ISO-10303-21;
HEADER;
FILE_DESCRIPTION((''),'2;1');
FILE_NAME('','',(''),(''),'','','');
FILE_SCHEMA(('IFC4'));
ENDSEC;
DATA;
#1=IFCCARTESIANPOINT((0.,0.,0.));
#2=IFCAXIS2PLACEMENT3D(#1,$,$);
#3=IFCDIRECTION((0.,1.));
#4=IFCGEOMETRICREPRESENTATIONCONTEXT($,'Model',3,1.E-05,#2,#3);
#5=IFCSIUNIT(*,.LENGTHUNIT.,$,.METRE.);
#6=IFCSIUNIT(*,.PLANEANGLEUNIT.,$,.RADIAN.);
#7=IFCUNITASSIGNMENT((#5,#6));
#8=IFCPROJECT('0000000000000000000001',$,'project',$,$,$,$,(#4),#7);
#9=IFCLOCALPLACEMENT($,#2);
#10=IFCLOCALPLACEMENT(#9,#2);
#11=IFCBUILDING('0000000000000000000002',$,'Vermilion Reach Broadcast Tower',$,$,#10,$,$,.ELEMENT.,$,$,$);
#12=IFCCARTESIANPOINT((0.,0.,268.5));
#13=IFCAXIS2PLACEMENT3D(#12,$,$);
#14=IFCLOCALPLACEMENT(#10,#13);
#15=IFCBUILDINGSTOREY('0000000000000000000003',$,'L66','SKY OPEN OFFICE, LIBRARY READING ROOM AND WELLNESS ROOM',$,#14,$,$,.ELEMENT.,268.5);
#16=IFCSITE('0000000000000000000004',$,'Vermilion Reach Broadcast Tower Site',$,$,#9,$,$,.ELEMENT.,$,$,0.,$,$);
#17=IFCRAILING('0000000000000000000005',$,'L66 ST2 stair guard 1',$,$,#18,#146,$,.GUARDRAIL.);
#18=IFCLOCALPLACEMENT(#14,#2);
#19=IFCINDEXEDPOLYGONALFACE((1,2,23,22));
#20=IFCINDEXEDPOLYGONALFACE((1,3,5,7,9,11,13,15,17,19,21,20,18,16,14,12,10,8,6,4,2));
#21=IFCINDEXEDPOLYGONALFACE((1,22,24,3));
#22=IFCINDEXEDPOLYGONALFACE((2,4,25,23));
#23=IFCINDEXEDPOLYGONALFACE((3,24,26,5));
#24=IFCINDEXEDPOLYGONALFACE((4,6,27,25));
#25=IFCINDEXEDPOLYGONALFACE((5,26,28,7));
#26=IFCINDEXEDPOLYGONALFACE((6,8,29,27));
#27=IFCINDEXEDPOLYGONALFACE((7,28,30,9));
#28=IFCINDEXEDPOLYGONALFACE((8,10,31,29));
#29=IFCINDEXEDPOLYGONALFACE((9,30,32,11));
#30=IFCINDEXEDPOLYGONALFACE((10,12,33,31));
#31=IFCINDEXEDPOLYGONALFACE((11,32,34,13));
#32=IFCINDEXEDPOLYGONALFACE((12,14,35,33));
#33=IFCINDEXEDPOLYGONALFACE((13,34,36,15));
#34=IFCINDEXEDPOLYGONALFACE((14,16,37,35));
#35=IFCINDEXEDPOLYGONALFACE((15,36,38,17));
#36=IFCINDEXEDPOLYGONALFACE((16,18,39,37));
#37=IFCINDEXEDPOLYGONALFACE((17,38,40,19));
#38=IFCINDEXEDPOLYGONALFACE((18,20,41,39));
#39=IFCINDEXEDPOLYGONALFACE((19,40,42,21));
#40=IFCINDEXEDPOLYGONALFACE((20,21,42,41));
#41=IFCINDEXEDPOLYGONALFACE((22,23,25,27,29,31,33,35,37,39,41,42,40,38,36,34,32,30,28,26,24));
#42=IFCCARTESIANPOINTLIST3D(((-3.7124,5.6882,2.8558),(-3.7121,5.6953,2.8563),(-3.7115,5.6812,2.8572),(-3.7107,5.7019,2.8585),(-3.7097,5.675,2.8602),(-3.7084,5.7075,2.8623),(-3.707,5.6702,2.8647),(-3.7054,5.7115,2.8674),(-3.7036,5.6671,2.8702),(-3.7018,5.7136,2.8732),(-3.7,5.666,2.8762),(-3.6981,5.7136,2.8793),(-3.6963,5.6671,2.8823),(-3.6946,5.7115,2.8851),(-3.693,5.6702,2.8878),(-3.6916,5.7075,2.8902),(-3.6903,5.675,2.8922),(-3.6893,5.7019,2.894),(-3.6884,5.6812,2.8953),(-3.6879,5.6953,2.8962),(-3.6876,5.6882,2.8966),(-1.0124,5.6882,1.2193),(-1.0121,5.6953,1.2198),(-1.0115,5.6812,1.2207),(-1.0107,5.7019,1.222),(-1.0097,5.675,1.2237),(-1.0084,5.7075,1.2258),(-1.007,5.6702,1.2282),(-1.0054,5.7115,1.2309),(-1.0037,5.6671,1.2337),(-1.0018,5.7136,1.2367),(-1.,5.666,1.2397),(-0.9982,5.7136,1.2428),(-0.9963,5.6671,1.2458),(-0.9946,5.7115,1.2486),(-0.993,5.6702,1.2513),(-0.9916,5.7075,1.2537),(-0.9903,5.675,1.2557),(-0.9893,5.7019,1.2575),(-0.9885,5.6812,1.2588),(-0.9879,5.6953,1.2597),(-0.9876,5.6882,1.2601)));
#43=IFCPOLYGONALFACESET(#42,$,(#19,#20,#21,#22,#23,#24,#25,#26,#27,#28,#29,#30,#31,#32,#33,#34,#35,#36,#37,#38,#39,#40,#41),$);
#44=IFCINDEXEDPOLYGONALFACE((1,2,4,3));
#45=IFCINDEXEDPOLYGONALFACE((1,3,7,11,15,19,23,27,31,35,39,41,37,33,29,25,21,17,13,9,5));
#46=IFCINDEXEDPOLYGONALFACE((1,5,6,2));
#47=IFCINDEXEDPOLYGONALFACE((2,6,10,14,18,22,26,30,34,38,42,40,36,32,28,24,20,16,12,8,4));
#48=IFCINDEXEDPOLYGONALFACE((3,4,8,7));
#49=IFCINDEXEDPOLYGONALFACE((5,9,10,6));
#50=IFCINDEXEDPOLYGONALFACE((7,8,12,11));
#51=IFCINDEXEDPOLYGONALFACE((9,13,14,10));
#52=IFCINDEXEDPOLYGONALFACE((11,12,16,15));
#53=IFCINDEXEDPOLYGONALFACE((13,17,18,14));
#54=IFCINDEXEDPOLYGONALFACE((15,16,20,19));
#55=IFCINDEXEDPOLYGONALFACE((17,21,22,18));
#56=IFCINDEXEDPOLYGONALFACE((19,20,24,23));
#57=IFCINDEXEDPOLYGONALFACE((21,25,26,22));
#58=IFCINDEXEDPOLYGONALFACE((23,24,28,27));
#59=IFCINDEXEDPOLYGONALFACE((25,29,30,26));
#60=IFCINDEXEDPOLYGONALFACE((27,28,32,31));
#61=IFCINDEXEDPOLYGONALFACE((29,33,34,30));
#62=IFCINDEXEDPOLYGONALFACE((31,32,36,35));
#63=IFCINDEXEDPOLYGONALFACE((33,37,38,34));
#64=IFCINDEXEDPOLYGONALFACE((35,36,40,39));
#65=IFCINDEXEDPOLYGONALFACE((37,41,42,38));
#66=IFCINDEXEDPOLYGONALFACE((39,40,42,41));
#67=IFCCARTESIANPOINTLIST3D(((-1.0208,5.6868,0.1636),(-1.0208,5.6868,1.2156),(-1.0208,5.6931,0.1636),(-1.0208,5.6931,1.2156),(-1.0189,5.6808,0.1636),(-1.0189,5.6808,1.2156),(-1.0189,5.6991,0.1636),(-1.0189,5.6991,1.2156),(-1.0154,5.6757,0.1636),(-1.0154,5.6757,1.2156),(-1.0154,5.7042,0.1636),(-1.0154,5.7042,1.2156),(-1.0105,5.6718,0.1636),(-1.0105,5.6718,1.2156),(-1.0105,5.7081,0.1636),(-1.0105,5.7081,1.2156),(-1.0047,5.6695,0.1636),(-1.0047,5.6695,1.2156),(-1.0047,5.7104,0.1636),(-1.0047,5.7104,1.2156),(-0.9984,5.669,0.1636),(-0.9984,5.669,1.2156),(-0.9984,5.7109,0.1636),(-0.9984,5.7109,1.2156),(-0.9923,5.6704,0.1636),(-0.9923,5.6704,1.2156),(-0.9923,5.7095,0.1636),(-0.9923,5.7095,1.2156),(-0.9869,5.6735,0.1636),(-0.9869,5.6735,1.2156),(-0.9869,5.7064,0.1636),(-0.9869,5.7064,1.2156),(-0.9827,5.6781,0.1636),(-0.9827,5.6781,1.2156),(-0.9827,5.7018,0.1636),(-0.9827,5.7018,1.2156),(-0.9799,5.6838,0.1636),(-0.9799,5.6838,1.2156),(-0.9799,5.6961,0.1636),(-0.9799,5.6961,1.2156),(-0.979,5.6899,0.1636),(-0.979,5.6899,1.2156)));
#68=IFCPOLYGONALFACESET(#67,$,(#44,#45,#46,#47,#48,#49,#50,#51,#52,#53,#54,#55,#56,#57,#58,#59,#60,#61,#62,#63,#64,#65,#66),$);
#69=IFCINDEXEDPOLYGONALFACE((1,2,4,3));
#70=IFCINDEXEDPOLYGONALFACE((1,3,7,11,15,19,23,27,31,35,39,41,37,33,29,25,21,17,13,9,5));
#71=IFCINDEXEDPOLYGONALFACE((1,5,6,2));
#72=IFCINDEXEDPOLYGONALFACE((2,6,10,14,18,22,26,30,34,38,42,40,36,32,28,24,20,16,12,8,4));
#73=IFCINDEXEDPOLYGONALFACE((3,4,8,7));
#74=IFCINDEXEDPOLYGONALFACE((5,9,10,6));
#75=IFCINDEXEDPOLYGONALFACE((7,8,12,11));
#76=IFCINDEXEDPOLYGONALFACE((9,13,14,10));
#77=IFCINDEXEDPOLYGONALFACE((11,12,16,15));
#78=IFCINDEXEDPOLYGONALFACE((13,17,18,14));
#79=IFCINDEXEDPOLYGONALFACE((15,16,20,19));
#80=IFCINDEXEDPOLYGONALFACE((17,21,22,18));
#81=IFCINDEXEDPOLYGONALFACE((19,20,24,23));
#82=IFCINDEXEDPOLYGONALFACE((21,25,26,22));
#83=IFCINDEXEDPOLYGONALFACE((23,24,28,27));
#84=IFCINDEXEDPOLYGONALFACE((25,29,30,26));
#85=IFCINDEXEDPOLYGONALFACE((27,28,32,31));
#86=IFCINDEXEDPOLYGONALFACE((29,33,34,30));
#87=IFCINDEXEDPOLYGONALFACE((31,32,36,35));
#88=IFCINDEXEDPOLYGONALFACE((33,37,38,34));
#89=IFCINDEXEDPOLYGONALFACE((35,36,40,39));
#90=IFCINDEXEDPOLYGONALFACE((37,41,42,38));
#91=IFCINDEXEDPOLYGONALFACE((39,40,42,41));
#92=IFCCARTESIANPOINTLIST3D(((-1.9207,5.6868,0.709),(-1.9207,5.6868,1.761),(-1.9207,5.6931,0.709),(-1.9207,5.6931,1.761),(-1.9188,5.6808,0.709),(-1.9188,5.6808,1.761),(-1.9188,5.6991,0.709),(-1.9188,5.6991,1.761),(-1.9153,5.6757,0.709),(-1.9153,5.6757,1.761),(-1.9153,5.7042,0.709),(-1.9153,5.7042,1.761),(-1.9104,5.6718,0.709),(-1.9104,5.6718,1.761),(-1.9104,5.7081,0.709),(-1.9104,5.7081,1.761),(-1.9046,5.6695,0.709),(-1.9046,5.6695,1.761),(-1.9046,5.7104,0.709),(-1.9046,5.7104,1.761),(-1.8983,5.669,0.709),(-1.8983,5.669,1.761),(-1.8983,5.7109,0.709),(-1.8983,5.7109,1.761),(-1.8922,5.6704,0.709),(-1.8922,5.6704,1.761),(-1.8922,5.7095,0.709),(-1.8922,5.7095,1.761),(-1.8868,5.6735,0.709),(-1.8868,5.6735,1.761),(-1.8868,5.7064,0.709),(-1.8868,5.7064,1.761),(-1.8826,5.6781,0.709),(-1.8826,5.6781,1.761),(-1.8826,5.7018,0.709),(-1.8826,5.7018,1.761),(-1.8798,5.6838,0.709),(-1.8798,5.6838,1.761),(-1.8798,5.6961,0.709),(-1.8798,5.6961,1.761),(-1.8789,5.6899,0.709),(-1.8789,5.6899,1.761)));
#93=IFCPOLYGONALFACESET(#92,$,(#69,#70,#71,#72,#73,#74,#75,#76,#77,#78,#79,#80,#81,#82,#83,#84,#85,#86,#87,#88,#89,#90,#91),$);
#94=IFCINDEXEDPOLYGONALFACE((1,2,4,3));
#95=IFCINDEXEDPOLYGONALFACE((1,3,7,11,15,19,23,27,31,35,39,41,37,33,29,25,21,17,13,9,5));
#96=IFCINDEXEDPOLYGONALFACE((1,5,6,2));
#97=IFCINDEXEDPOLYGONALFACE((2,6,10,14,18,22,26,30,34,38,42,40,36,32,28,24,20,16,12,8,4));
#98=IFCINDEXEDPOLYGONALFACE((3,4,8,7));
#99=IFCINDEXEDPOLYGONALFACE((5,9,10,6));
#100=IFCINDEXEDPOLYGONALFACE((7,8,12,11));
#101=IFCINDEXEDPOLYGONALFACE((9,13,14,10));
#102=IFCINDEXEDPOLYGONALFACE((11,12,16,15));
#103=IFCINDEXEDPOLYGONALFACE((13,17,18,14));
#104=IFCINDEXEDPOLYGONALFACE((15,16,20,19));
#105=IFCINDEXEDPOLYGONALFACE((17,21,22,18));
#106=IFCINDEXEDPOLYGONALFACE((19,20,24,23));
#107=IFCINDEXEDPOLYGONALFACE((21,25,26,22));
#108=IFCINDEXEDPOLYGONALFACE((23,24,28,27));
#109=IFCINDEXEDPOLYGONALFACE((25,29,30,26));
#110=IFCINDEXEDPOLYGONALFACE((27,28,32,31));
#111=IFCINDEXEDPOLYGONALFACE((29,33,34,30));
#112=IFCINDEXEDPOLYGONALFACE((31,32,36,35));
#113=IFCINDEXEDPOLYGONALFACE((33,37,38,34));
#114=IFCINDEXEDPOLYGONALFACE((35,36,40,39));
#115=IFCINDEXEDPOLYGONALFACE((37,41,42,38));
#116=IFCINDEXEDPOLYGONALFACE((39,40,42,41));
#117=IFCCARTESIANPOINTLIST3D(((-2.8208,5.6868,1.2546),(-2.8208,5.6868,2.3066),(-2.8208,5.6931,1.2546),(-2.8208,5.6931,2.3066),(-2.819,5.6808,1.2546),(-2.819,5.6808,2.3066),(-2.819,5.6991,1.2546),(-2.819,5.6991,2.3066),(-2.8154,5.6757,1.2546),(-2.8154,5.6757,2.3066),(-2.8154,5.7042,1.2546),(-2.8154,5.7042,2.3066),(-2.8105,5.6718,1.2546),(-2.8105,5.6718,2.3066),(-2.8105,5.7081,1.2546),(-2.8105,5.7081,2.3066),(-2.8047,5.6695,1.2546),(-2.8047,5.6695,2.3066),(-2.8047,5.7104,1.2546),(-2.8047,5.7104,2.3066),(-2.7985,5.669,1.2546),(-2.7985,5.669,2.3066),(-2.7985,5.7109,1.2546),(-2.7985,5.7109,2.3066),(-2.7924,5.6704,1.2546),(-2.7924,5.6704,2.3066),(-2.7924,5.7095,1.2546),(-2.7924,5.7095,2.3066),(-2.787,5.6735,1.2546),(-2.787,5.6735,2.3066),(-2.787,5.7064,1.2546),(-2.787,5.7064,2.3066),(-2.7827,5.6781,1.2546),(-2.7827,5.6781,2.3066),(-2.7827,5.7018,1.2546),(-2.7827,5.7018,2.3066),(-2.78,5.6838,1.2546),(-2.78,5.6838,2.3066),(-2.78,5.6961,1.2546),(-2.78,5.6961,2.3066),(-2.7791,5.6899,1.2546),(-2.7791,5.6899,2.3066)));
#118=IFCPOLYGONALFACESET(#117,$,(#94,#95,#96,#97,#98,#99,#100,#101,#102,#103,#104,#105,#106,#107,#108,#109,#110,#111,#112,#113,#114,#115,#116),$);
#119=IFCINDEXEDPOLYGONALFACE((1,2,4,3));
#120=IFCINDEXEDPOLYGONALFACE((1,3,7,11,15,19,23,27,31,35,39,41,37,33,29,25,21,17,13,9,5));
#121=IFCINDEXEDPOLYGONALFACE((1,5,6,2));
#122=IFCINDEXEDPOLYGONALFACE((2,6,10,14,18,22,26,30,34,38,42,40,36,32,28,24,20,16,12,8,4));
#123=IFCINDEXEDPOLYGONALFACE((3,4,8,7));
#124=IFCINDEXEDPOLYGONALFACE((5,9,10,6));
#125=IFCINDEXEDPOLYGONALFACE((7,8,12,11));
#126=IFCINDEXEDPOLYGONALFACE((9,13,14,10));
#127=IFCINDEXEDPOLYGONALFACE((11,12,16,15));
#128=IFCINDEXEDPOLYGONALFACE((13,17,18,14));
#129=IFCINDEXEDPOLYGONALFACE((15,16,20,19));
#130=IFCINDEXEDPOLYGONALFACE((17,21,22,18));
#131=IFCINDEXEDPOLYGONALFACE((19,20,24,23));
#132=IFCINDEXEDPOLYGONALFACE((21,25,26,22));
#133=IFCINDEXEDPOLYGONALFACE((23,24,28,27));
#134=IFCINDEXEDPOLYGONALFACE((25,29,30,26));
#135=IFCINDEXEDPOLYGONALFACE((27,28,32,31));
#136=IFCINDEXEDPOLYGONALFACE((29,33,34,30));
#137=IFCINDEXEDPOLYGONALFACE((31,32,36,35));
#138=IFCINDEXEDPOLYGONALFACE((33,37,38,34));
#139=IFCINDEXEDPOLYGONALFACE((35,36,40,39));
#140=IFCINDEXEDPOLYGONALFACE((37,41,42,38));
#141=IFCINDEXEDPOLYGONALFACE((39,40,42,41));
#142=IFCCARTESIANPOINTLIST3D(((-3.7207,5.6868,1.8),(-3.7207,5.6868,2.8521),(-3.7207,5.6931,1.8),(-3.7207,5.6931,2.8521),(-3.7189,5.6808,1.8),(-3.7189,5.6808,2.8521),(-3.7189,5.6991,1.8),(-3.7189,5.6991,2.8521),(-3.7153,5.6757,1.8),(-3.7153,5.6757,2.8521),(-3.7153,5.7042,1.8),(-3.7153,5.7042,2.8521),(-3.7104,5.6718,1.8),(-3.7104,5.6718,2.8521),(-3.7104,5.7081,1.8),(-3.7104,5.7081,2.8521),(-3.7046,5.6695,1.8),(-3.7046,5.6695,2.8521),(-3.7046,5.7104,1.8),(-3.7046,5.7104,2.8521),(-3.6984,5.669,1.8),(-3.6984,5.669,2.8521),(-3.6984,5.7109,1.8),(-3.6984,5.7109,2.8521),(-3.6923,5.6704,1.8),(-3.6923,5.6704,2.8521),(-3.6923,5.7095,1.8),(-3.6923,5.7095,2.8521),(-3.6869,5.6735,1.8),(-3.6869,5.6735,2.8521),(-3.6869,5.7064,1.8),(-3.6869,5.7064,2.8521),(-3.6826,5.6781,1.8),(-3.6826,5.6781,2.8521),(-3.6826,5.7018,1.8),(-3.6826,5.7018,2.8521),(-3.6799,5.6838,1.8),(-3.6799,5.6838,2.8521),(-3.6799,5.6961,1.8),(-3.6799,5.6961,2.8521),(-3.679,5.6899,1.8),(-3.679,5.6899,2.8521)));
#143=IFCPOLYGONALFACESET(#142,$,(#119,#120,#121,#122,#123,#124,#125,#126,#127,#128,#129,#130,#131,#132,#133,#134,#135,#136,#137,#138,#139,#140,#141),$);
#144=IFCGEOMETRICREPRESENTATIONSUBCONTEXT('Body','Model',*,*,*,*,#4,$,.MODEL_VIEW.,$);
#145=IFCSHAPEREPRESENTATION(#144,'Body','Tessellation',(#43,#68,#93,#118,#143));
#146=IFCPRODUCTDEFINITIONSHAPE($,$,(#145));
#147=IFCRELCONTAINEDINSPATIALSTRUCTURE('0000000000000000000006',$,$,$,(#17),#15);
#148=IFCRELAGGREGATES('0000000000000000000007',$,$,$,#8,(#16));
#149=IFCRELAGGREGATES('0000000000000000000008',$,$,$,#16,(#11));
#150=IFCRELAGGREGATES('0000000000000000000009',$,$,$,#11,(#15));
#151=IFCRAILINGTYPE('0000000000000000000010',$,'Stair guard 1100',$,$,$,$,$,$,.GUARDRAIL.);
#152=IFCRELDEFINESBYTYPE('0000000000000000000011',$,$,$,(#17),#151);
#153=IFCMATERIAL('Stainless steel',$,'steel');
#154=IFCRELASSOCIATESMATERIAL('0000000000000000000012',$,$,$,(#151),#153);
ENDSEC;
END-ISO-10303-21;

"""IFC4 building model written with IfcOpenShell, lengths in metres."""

from ifc_helpers import new_model, si_unit, direction, frame, origin, origin_2d, place, context, subcontext, project, spatial, circle, extrude, material, type_object, element, save


model = new_model("IFC4")

# Units and contexts
model_context = context("Model", 3, precision=1e-05, world=origin(), true_north=direction((0.0, 1.0)))
body_context = subcontext(model_context, "Body", "Model", "MODEL_VIEW")
ifc_project = project(units=[si_unit("LENGTHUNIT", "METRE"), si_unit("PLANEANGLEUNIT", "RADIAN")], contexts=[model_context])

# Site, building, storey
site_placement = place(None, origin())
site = spatial("IfcSite", under=ifc_project, at=site_placement, Name="Vermilion Reach Broadcast Tower Site", CompositionType="ELEMENT", RefElevation=0.0)
building_placement = place(site_placement, origin())
building = spatial("IfcBuilding", under=site, at=building_placement, Name="Vermilion Reach Broadcast Tower", CompositionType="ELEMENT")
storey_placement = place(building_placement, frame((0.0, 0.0, 268.5)))
storey = spatial("IfcBuildingStorey", under=building, at=storey_placement, Name="L66", Description="SKY OPEN OFFICE, LIBRARY READING ROOM AND WELLNESS ROOM", CompositionType="ELEMENT", Elevation=268.5)

# Railing
ifc_material_1 = material(Name="Stainless steel", Category="steel")
railing_type_1 = type_object("IfcRailingType", Name="Stair guard 1100", PredefinedType="GUARDRAIL", material=ifc_material_1)
railing_1_placement = place(storey_placement, frame((-1.0, 5.6899, 0.1636)))
element("IfcRailing", 1, at=railing_1_placement, inside=storey, type_object=railing_type_1, Name="L66 ST2 stair guard 1", PredefinedType="GUARDRAIL", context=body_context, shape_type="SweptSolid", body=[
    extrude(circle(Radius=0.0239, at=origin_2d()), frame((0.0, 0.0, 1.0762), z_axis=(-0.855178, 0.0, 0.518334), x_axis=(0.0, -1.0, 0.0)), (0.0, 0.0, 1.0), 3.1572),
    extrude(circle(Radius=0.021, at=origin_2d()), origin(), (0.0, 0.0, 1.0), 1.052),
    extrude(circle(Radius=0.021, at=origin_2d()), frame((-0.8999, 0.0, 0.5454)), (0.0, 0.0, 1.0), 1.052),
    extrude(circle(Radius=0.021, at=origin_2d()), frame((-1.8, 0.0, 1.0911)), (0.0, 0.0, 1.0), 1.052),
    extrude(circle(Radius=0.021, at=origin_2d()), frame((-2.7, 0.0, 1.6365)), (0.0, 0.0, 1.0), 1.052),
])

save(model, "model.ifc")
